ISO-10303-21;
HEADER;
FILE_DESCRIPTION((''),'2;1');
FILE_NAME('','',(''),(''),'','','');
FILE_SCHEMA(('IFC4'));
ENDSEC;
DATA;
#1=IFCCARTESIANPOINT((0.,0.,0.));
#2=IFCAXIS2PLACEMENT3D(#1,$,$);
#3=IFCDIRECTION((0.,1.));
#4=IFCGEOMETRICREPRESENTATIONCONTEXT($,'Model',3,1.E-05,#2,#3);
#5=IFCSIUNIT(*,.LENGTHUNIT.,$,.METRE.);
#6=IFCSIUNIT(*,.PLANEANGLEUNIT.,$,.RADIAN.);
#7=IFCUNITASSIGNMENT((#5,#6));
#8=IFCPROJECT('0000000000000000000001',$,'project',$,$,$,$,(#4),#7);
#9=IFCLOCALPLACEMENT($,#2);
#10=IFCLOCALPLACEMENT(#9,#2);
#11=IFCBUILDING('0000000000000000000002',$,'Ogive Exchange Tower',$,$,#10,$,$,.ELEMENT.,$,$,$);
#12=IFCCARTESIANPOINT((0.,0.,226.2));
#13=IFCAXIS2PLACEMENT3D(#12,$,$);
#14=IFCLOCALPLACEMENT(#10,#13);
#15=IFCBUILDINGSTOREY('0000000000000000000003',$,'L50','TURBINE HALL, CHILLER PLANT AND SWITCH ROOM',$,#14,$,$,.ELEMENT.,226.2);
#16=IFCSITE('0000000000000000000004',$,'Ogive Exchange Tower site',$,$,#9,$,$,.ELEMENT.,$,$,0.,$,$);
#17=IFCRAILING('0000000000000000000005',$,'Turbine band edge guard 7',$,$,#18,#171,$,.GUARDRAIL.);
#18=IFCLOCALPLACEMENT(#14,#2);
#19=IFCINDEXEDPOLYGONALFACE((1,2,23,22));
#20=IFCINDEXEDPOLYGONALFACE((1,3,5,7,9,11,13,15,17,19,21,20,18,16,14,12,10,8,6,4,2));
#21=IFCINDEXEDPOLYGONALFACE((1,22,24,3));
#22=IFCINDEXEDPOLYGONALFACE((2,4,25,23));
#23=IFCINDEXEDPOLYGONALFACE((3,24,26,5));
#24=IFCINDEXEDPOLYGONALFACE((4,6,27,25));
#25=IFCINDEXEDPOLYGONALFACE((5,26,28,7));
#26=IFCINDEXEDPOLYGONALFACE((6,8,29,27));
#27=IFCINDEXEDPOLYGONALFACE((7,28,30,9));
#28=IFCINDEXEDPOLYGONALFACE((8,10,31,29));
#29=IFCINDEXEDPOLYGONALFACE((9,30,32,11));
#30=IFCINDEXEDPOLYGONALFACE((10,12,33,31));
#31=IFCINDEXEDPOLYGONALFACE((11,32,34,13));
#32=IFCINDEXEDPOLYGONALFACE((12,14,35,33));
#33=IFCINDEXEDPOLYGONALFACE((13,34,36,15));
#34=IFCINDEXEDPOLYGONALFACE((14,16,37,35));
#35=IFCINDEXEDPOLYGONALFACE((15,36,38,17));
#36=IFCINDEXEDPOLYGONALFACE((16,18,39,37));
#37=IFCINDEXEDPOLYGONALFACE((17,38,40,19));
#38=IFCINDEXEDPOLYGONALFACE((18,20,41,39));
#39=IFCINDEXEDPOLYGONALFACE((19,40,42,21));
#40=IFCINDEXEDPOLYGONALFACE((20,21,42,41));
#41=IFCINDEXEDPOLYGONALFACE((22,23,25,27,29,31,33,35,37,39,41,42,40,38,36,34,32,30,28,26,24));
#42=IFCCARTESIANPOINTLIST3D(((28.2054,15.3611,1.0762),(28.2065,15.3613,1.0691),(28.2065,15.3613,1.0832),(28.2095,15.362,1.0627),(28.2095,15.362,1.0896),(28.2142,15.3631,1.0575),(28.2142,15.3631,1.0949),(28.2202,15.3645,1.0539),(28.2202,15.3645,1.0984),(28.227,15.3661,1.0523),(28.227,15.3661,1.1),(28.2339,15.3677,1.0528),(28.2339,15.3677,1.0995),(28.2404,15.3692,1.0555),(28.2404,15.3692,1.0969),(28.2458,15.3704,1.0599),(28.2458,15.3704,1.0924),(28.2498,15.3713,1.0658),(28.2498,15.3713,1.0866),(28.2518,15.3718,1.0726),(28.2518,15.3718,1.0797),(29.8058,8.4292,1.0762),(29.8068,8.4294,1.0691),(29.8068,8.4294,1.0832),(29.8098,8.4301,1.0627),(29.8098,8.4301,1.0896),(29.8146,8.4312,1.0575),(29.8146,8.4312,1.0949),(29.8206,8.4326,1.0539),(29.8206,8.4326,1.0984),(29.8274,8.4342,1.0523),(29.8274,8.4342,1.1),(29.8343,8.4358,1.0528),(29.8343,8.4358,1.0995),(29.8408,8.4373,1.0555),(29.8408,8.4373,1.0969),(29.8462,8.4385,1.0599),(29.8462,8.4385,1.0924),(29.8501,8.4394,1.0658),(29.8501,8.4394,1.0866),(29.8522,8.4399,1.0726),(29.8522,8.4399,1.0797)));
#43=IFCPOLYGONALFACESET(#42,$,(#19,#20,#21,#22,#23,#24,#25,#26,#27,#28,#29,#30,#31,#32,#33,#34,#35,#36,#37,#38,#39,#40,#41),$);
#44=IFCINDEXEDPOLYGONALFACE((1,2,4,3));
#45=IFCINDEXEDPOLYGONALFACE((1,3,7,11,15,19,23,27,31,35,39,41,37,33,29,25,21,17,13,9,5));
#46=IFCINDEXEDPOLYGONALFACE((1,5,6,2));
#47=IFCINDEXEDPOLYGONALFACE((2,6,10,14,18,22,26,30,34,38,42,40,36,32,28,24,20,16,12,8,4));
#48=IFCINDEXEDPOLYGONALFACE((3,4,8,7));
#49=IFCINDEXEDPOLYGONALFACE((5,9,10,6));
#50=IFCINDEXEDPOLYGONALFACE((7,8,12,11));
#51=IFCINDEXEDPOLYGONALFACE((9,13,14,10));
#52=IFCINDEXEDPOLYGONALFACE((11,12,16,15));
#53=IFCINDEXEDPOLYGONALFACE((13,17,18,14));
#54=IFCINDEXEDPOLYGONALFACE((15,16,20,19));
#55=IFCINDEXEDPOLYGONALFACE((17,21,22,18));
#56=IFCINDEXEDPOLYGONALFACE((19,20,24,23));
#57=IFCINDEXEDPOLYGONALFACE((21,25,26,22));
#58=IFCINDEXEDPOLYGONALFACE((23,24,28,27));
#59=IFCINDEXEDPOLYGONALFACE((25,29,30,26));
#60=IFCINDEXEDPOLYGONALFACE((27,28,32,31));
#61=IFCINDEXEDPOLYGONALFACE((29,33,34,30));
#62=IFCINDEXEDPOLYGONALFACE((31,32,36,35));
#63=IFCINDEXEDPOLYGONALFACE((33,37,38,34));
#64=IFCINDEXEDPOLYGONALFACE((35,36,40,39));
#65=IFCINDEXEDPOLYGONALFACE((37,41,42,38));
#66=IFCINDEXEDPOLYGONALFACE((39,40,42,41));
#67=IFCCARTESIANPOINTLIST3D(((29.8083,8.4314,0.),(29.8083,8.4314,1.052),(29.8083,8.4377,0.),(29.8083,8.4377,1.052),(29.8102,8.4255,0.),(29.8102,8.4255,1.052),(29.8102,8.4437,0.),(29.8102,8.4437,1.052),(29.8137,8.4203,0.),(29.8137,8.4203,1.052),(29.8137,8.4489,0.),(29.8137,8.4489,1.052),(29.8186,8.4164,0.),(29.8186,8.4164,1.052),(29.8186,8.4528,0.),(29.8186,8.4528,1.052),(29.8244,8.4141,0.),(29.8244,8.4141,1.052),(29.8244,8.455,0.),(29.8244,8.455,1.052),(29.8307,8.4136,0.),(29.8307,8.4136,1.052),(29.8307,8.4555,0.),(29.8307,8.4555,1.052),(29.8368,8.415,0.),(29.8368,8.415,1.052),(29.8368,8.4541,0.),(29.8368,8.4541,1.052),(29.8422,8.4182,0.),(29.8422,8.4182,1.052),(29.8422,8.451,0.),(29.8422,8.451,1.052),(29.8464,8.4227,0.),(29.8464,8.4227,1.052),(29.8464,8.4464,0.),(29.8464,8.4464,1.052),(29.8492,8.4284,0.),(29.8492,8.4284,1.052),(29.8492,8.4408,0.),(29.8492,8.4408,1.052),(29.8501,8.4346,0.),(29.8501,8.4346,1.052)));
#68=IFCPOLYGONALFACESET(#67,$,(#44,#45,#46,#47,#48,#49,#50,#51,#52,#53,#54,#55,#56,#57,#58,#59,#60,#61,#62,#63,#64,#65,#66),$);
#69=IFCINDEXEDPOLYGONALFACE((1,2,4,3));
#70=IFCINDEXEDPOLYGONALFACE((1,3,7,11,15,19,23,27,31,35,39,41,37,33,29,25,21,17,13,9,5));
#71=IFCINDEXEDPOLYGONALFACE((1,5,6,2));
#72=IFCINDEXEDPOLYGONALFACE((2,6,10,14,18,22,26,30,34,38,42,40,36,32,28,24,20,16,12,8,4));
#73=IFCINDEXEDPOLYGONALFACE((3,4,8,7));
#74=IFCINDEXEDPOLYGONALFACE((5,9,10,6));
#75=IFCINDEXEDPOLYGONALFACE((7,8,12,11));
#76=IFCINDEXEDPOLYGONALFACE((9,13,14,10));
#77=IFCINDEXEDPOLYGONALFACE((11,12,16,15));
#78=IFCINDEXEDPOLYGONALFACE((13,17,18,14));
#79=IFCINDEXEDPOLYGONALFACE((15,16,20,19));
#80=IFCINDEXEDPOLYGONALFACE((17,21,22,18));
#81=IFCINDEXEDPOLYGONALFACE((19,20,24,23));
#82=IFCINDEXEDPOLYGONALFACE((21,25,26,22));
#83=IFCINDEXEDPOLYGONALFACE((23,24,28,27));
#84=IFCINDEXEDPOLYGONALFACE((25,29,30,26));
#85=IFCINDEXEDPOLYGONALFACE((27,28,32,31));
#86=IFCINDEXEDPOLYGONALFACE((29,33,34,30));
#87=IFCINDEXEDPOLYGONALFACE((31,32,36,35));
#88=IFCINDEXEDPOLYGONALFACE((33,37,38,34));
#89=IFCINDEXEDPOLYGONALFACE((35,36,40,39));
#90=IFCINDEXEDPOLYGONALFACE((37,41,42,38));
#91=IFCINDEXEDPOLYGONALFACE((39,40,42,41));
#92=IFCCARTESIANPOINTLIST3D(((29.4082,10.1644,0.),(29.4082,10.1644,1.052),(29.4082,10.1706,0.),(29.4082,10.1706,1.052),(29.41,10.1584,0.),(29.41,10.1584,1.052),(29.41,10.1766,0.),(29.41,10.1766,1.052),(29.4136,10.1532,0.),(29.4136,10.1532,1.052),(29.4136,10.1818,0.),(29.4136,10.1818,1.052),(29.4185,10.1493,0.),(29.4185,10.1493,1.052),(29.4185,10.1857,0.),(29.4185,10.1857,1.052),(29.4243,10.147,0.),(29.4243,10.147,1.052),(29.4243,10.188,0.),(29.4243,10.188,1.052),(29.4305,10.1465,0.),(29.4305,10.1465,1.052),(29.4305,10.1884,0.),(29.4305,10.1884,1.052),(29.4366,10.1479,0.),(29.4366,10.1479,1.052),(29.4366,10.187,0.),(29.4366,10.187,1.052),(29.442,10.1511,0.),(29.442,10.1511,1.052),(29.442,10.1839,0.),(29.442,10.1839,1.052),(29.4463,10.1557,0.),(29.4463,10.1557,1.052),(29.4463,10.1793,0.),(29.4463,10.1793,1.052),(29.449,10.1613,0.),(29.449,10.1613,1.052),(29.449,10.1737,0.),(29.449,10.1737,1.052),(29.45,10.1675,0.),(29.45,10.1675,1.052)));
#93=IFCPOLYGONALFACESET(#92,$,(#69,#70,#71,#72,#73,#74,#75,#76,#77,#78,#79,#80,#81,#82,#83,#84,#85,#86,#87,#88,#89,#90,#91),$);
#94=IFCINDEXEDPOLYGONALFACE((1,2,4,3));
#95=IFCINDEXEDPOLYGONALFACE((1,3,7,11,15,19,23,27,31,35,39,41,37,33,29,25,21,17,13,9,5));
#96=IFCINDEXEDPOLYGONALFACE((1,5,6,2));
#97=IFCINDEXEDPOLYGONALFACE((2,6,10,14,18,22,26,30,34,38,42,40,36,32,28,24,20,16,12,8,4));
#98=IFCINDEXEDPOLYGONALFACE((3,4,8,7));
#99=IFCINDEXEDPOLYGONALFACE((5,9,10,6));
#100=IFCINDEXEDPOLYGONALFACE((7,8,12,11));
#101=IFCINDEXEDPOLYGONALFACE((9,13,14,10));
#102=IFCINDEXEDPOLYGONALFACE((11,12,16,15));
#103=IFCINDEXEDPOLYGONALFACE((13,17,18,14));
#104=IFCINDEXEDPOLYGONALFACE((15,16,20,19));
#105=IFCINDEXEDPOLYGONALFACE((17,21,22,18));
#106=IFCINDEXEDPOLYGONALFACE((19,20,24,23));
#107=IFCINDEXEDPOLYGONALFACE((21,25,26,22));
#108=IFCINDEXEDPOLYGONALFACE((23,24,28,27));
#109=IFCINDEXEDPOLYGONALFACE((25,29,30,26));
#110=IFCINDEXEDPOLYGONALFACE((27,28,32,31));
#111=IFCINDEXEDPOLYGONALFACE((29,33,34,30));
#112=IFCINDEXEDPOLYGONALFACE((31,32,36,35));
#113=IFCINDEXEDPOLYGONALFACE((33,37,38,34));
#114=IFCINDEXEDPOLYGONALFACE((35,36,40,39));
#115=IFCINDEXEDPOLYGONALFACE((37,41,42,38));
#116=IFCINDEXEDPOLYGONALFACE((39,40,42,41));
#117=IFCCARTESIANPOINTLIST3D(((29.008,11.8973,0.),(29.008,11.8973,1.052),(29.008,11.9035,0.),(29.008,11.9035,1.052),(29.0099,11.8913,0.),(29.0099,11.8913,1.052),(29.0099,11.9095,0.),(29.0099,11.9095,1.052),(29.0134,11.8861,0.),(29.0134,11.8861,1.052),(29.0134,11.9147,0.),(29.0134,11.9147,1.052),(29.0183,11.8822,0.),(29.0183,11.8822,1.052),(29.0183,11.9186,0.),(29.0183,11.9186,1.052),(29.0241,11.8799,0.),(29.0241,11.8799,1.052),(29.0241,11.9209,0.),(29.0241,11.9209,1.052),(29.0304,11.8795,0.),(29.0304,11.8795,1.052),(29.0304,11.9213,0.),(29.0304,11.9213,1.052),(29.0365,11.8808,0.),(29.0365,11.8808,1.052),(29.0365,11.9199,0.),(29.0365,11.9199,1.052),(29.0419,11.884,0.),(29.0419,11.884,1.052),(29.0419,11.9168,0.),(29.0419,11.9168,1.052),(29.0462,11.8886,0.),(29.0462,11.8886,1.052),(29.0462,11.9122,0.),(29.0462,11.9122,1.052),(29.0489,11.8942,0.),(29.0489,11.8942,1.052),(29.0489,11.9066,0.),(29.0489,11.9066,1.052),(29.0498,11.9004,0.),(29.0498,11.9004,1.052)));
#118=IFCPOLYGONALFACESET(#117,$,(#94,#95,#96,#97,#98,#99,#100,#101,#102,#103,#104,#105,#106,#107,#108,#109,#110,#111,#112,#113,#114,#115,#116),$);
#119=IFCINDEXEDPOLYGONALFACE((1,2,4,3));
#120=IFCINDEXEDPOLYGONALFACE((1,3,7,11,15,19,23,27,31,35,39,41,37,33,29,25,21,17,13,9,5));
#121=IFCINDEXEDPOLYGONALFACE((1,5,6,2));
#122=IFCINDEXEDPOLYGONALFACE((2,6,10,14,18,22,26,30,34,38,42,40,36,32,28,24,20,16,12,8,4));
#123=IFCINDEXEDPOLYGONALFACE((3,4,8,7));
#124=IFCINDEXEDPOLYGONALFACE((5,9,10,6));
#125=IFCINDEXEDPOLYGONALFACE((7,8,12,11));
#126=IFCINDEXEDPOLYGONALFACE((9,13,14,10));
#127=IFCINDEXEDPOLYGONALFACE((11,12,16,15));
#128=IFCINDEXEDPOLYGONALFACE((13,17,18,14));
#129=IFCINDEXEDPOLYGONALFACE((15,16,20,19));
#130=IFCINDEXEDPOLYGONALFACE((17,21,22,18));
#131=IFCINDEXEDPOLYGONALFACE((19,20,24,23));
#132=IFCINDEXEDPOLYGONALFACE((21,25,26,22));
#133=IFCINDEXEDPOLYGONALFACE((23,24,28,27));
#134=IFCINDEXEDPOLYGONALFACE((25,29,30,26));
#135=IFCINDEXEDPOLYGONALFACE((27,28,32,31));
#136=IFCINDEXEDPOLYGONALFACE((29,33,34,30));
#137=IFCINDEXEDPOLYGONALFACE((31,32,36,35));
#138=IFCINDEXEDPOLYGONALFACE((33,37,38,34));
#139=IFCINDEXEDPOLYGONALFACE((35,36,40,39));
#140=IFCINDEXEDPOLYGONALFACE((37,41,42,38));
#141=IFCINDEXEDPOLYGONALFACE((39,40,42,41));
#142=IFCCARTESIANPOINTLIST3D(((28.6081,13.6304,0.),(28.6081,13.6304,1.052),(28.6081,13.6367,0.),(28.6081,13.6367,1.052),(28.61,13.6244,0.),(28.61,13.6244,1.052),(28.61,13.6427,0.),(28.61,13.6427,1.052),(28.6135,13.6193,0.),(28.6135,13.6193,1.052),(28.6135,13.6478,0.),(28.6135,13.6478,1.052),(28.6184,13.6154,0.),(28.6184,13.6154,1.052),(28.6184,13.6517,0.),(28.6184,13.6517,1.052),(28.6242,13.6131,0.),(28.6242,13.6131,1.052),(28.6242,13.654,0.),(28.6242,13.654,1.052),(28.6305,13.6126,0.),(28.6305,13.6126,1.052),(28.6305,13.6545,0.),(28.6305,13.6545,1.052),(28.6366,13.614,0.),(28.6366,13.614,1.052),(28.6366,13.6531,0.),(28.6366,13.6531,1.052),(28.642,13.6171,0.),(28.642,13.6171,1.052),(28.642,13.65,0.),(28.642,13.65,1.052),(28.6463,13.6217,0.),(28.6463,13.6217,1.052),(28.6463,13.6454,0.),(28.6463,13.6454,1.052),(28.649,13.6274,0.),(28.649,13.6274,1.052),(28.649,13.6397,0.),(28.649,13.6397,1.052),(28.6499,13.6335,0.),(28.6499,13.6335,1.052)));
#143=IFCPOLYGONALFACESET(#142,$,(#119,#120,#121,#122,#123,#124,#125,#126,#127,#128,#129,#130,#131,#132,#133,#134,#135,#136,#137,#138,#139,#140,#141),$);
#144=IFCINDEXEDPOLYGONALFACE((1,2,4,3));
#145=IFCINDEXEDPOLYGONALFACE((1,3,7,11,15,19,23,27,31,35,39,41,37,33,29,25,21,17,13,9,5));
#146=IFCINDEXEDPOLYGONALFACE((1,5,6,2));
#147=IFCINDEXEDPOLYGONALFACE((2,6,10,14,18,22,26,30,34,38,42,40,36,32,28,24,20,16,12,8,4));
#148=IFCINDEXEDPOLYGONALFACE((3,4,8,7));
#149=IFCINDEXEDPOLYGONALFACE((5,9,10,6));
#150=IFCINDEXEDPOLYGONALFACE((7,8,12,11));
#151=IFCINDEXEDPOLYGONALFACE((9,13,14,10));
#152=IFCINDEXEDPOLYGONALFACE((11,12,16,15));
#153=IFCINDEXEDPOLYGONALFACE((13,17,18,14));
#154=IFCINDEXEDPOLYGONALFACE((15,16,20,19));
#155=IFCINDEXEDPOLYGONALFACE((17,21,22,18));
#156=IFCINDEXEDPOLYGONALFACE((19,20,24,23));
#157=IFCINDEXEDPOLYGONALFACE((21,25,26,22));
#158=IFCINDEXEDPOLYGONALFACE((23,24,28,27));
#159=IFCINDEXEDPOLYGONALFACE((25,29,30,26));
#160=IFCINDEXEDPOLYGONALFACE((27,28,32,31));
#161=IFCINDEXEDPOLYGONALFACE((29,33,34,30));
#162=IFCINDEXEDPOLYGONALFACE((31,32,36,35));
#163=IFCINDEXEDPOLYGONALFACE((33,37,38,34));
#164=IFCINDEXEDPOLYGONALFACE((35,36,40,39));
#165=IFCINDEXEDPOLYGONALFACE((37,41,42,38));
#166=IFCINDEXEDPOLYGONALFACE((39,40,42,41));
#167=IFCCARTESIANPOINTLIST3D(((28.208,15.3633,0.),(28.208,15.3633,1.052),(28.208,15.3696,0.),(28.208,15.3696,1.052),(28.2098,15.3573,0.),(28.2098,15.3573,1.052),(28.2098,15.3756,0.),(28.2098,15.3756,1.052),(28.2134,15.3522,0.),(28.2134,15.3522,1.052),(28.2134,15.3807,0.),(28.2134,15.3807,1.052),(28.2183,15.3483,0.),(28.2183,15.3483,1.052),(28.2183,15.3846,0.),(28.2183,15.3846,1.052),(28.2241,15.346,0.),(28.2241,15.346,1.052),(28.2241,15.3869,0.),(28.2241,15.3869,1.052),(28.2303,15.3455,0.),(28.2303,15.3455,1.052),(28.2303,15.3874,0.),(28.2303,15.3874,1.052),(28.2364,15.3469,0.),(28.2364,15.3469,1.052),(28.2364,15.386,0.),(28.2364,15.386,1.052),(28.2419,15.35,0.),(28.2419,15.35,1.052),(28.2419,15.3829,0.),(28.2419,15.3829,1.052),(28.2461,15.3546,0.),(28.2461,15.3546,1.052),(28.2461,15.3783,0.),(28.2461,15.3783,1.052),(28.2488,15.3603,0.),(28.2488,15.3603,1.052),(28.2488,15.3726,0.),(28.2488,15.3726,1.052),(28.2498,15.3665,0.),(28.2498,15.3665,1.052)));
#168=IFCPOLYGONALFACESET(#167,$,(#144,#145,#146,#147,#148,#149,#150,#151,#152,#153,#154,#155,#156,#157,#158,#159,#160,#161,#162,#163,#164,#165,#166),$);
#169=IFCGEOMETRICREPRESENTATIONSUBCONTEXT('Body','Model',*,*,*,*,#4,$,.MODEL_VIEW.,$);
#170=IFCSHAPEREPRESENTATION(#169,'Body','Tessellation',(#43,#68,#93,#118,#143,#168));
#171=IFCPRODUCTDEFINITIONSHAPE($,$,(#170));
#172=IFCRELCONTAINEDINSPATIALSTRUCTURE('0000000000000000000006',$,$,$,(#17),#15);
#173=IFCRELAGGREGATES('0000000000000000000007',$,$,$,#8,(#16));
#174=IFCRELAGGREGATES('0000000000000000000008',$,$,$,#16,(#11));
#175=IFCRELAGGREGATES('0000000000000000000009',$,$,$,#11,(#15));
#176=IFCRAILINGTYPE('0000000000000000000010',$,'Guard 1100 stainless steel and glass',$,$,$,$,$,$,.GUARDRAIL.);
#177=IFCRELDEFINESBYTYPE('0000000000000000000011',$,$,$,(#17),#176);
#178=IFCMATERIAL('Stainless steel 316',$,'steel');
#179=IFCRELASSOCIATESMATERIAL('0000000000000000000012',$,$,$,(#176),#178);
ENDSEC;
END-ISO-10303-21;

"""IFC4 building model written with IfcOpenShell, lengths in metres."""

from ifc_helpers import new_model, si_unit, direction, frame, origin, origin_2d, place, context, subcontext, project, spatial, circle, extrude, material, type_object, element, save


model = new_model("IFC4")

# Units and contexts
model_context = context("Model", 3, precision=1e-05, world=origin(), true_north=direction((0.0, 1.0)))
body_context = subcontext(model_context, "Body", "Model", "MODEL_VIEW")
ifc_project = project(units=[si_unit("LENGTHUNIT", "METRE"), si_unit("PLANEANGLEUNIT", "RADIAN")], contexts=[model_context])

# Site, building, storey
site_placement = place(None, origin())
site = spatial("IfcSite", under=ifc_project, at=site_placement, Name="Ogive Exchange Tower site", CompositionType="ELEMENT", RefElevation=0.0)
building_placement = place(site_placement, origin())
building = spatial("IfcBuilding", under=site, at=building_placement, Name="Ogive Exchange Tower", CompositionType="ELEMENT")
storey_placement = place(building_placement, frame((0.0, 0.0, 226.2)))
storey = spatial("IfcBuildingStorey", under=building, at=storey_placement, Name="L50", Description="TURBINE HALL, CHILLER PLANT AND SWITCH ROOM", CompositionType="ELEMENT", Elevation=226.2)

# Railing
ifc_material_1 = material(Name="Stainless steel 316", Category="steel")
railing_type = type_object("IfcRailingType", Name="Guard 1100 stainless steel and glass", PredefinedType="GUARDRAIL", material=ifc_material_1)
for number, where, name in (
    (1, (29.8291, 8.4346, 0.0), "Turbine band edge guard 7"),
):
    element("IfcRailing", number, at=place(storey_placement, frame(where)), inside=storey, type_object=railing_type, Name=name, PredefinedType="GUARDRAIL", context=body_context, shape_type="SweptSolid", body=[
        extrude(circle(Radius=0.0239, at=origin_2d()), frame((0.0, 0.0, 1.0762), z_axis=(-0.22495, 0.97437, 0.0), x_axis=(-0.97437, -0.22495, 0.0)), (0.0, 0.0, 1.0), 7.1143),
        extrude(circle(Radius=0.021, at=origin_2d()), origin(), (0.0, 0.0, 1.0), 1.052),
        extrude(circle(Radius=0.021, at=origin_2d()), frame((-0.4001, 1.7329, 0.0)), (0.0, 0.0, 1.0), 1.052),
        extrude(circle(Radius=0.021, at=origin_2d()), frame((-0.8003, 3.4658, 0.0)), (0.0, 0.0, 1.0), 1.052),
        extrude(circle(Radius=0.021, at=origin_2d()), frame((-1.2002, 5.199, 0.0)), (0.0, 0.0, 1.0), 1.052),
        extrude(circle(Radius=0.021, at=origin_2d()), frame((-1.6003, 6.9319, 0.0)), (0.0, 0.0, 1.0), 1.052),
    ])

save(model, "model.ifc")
